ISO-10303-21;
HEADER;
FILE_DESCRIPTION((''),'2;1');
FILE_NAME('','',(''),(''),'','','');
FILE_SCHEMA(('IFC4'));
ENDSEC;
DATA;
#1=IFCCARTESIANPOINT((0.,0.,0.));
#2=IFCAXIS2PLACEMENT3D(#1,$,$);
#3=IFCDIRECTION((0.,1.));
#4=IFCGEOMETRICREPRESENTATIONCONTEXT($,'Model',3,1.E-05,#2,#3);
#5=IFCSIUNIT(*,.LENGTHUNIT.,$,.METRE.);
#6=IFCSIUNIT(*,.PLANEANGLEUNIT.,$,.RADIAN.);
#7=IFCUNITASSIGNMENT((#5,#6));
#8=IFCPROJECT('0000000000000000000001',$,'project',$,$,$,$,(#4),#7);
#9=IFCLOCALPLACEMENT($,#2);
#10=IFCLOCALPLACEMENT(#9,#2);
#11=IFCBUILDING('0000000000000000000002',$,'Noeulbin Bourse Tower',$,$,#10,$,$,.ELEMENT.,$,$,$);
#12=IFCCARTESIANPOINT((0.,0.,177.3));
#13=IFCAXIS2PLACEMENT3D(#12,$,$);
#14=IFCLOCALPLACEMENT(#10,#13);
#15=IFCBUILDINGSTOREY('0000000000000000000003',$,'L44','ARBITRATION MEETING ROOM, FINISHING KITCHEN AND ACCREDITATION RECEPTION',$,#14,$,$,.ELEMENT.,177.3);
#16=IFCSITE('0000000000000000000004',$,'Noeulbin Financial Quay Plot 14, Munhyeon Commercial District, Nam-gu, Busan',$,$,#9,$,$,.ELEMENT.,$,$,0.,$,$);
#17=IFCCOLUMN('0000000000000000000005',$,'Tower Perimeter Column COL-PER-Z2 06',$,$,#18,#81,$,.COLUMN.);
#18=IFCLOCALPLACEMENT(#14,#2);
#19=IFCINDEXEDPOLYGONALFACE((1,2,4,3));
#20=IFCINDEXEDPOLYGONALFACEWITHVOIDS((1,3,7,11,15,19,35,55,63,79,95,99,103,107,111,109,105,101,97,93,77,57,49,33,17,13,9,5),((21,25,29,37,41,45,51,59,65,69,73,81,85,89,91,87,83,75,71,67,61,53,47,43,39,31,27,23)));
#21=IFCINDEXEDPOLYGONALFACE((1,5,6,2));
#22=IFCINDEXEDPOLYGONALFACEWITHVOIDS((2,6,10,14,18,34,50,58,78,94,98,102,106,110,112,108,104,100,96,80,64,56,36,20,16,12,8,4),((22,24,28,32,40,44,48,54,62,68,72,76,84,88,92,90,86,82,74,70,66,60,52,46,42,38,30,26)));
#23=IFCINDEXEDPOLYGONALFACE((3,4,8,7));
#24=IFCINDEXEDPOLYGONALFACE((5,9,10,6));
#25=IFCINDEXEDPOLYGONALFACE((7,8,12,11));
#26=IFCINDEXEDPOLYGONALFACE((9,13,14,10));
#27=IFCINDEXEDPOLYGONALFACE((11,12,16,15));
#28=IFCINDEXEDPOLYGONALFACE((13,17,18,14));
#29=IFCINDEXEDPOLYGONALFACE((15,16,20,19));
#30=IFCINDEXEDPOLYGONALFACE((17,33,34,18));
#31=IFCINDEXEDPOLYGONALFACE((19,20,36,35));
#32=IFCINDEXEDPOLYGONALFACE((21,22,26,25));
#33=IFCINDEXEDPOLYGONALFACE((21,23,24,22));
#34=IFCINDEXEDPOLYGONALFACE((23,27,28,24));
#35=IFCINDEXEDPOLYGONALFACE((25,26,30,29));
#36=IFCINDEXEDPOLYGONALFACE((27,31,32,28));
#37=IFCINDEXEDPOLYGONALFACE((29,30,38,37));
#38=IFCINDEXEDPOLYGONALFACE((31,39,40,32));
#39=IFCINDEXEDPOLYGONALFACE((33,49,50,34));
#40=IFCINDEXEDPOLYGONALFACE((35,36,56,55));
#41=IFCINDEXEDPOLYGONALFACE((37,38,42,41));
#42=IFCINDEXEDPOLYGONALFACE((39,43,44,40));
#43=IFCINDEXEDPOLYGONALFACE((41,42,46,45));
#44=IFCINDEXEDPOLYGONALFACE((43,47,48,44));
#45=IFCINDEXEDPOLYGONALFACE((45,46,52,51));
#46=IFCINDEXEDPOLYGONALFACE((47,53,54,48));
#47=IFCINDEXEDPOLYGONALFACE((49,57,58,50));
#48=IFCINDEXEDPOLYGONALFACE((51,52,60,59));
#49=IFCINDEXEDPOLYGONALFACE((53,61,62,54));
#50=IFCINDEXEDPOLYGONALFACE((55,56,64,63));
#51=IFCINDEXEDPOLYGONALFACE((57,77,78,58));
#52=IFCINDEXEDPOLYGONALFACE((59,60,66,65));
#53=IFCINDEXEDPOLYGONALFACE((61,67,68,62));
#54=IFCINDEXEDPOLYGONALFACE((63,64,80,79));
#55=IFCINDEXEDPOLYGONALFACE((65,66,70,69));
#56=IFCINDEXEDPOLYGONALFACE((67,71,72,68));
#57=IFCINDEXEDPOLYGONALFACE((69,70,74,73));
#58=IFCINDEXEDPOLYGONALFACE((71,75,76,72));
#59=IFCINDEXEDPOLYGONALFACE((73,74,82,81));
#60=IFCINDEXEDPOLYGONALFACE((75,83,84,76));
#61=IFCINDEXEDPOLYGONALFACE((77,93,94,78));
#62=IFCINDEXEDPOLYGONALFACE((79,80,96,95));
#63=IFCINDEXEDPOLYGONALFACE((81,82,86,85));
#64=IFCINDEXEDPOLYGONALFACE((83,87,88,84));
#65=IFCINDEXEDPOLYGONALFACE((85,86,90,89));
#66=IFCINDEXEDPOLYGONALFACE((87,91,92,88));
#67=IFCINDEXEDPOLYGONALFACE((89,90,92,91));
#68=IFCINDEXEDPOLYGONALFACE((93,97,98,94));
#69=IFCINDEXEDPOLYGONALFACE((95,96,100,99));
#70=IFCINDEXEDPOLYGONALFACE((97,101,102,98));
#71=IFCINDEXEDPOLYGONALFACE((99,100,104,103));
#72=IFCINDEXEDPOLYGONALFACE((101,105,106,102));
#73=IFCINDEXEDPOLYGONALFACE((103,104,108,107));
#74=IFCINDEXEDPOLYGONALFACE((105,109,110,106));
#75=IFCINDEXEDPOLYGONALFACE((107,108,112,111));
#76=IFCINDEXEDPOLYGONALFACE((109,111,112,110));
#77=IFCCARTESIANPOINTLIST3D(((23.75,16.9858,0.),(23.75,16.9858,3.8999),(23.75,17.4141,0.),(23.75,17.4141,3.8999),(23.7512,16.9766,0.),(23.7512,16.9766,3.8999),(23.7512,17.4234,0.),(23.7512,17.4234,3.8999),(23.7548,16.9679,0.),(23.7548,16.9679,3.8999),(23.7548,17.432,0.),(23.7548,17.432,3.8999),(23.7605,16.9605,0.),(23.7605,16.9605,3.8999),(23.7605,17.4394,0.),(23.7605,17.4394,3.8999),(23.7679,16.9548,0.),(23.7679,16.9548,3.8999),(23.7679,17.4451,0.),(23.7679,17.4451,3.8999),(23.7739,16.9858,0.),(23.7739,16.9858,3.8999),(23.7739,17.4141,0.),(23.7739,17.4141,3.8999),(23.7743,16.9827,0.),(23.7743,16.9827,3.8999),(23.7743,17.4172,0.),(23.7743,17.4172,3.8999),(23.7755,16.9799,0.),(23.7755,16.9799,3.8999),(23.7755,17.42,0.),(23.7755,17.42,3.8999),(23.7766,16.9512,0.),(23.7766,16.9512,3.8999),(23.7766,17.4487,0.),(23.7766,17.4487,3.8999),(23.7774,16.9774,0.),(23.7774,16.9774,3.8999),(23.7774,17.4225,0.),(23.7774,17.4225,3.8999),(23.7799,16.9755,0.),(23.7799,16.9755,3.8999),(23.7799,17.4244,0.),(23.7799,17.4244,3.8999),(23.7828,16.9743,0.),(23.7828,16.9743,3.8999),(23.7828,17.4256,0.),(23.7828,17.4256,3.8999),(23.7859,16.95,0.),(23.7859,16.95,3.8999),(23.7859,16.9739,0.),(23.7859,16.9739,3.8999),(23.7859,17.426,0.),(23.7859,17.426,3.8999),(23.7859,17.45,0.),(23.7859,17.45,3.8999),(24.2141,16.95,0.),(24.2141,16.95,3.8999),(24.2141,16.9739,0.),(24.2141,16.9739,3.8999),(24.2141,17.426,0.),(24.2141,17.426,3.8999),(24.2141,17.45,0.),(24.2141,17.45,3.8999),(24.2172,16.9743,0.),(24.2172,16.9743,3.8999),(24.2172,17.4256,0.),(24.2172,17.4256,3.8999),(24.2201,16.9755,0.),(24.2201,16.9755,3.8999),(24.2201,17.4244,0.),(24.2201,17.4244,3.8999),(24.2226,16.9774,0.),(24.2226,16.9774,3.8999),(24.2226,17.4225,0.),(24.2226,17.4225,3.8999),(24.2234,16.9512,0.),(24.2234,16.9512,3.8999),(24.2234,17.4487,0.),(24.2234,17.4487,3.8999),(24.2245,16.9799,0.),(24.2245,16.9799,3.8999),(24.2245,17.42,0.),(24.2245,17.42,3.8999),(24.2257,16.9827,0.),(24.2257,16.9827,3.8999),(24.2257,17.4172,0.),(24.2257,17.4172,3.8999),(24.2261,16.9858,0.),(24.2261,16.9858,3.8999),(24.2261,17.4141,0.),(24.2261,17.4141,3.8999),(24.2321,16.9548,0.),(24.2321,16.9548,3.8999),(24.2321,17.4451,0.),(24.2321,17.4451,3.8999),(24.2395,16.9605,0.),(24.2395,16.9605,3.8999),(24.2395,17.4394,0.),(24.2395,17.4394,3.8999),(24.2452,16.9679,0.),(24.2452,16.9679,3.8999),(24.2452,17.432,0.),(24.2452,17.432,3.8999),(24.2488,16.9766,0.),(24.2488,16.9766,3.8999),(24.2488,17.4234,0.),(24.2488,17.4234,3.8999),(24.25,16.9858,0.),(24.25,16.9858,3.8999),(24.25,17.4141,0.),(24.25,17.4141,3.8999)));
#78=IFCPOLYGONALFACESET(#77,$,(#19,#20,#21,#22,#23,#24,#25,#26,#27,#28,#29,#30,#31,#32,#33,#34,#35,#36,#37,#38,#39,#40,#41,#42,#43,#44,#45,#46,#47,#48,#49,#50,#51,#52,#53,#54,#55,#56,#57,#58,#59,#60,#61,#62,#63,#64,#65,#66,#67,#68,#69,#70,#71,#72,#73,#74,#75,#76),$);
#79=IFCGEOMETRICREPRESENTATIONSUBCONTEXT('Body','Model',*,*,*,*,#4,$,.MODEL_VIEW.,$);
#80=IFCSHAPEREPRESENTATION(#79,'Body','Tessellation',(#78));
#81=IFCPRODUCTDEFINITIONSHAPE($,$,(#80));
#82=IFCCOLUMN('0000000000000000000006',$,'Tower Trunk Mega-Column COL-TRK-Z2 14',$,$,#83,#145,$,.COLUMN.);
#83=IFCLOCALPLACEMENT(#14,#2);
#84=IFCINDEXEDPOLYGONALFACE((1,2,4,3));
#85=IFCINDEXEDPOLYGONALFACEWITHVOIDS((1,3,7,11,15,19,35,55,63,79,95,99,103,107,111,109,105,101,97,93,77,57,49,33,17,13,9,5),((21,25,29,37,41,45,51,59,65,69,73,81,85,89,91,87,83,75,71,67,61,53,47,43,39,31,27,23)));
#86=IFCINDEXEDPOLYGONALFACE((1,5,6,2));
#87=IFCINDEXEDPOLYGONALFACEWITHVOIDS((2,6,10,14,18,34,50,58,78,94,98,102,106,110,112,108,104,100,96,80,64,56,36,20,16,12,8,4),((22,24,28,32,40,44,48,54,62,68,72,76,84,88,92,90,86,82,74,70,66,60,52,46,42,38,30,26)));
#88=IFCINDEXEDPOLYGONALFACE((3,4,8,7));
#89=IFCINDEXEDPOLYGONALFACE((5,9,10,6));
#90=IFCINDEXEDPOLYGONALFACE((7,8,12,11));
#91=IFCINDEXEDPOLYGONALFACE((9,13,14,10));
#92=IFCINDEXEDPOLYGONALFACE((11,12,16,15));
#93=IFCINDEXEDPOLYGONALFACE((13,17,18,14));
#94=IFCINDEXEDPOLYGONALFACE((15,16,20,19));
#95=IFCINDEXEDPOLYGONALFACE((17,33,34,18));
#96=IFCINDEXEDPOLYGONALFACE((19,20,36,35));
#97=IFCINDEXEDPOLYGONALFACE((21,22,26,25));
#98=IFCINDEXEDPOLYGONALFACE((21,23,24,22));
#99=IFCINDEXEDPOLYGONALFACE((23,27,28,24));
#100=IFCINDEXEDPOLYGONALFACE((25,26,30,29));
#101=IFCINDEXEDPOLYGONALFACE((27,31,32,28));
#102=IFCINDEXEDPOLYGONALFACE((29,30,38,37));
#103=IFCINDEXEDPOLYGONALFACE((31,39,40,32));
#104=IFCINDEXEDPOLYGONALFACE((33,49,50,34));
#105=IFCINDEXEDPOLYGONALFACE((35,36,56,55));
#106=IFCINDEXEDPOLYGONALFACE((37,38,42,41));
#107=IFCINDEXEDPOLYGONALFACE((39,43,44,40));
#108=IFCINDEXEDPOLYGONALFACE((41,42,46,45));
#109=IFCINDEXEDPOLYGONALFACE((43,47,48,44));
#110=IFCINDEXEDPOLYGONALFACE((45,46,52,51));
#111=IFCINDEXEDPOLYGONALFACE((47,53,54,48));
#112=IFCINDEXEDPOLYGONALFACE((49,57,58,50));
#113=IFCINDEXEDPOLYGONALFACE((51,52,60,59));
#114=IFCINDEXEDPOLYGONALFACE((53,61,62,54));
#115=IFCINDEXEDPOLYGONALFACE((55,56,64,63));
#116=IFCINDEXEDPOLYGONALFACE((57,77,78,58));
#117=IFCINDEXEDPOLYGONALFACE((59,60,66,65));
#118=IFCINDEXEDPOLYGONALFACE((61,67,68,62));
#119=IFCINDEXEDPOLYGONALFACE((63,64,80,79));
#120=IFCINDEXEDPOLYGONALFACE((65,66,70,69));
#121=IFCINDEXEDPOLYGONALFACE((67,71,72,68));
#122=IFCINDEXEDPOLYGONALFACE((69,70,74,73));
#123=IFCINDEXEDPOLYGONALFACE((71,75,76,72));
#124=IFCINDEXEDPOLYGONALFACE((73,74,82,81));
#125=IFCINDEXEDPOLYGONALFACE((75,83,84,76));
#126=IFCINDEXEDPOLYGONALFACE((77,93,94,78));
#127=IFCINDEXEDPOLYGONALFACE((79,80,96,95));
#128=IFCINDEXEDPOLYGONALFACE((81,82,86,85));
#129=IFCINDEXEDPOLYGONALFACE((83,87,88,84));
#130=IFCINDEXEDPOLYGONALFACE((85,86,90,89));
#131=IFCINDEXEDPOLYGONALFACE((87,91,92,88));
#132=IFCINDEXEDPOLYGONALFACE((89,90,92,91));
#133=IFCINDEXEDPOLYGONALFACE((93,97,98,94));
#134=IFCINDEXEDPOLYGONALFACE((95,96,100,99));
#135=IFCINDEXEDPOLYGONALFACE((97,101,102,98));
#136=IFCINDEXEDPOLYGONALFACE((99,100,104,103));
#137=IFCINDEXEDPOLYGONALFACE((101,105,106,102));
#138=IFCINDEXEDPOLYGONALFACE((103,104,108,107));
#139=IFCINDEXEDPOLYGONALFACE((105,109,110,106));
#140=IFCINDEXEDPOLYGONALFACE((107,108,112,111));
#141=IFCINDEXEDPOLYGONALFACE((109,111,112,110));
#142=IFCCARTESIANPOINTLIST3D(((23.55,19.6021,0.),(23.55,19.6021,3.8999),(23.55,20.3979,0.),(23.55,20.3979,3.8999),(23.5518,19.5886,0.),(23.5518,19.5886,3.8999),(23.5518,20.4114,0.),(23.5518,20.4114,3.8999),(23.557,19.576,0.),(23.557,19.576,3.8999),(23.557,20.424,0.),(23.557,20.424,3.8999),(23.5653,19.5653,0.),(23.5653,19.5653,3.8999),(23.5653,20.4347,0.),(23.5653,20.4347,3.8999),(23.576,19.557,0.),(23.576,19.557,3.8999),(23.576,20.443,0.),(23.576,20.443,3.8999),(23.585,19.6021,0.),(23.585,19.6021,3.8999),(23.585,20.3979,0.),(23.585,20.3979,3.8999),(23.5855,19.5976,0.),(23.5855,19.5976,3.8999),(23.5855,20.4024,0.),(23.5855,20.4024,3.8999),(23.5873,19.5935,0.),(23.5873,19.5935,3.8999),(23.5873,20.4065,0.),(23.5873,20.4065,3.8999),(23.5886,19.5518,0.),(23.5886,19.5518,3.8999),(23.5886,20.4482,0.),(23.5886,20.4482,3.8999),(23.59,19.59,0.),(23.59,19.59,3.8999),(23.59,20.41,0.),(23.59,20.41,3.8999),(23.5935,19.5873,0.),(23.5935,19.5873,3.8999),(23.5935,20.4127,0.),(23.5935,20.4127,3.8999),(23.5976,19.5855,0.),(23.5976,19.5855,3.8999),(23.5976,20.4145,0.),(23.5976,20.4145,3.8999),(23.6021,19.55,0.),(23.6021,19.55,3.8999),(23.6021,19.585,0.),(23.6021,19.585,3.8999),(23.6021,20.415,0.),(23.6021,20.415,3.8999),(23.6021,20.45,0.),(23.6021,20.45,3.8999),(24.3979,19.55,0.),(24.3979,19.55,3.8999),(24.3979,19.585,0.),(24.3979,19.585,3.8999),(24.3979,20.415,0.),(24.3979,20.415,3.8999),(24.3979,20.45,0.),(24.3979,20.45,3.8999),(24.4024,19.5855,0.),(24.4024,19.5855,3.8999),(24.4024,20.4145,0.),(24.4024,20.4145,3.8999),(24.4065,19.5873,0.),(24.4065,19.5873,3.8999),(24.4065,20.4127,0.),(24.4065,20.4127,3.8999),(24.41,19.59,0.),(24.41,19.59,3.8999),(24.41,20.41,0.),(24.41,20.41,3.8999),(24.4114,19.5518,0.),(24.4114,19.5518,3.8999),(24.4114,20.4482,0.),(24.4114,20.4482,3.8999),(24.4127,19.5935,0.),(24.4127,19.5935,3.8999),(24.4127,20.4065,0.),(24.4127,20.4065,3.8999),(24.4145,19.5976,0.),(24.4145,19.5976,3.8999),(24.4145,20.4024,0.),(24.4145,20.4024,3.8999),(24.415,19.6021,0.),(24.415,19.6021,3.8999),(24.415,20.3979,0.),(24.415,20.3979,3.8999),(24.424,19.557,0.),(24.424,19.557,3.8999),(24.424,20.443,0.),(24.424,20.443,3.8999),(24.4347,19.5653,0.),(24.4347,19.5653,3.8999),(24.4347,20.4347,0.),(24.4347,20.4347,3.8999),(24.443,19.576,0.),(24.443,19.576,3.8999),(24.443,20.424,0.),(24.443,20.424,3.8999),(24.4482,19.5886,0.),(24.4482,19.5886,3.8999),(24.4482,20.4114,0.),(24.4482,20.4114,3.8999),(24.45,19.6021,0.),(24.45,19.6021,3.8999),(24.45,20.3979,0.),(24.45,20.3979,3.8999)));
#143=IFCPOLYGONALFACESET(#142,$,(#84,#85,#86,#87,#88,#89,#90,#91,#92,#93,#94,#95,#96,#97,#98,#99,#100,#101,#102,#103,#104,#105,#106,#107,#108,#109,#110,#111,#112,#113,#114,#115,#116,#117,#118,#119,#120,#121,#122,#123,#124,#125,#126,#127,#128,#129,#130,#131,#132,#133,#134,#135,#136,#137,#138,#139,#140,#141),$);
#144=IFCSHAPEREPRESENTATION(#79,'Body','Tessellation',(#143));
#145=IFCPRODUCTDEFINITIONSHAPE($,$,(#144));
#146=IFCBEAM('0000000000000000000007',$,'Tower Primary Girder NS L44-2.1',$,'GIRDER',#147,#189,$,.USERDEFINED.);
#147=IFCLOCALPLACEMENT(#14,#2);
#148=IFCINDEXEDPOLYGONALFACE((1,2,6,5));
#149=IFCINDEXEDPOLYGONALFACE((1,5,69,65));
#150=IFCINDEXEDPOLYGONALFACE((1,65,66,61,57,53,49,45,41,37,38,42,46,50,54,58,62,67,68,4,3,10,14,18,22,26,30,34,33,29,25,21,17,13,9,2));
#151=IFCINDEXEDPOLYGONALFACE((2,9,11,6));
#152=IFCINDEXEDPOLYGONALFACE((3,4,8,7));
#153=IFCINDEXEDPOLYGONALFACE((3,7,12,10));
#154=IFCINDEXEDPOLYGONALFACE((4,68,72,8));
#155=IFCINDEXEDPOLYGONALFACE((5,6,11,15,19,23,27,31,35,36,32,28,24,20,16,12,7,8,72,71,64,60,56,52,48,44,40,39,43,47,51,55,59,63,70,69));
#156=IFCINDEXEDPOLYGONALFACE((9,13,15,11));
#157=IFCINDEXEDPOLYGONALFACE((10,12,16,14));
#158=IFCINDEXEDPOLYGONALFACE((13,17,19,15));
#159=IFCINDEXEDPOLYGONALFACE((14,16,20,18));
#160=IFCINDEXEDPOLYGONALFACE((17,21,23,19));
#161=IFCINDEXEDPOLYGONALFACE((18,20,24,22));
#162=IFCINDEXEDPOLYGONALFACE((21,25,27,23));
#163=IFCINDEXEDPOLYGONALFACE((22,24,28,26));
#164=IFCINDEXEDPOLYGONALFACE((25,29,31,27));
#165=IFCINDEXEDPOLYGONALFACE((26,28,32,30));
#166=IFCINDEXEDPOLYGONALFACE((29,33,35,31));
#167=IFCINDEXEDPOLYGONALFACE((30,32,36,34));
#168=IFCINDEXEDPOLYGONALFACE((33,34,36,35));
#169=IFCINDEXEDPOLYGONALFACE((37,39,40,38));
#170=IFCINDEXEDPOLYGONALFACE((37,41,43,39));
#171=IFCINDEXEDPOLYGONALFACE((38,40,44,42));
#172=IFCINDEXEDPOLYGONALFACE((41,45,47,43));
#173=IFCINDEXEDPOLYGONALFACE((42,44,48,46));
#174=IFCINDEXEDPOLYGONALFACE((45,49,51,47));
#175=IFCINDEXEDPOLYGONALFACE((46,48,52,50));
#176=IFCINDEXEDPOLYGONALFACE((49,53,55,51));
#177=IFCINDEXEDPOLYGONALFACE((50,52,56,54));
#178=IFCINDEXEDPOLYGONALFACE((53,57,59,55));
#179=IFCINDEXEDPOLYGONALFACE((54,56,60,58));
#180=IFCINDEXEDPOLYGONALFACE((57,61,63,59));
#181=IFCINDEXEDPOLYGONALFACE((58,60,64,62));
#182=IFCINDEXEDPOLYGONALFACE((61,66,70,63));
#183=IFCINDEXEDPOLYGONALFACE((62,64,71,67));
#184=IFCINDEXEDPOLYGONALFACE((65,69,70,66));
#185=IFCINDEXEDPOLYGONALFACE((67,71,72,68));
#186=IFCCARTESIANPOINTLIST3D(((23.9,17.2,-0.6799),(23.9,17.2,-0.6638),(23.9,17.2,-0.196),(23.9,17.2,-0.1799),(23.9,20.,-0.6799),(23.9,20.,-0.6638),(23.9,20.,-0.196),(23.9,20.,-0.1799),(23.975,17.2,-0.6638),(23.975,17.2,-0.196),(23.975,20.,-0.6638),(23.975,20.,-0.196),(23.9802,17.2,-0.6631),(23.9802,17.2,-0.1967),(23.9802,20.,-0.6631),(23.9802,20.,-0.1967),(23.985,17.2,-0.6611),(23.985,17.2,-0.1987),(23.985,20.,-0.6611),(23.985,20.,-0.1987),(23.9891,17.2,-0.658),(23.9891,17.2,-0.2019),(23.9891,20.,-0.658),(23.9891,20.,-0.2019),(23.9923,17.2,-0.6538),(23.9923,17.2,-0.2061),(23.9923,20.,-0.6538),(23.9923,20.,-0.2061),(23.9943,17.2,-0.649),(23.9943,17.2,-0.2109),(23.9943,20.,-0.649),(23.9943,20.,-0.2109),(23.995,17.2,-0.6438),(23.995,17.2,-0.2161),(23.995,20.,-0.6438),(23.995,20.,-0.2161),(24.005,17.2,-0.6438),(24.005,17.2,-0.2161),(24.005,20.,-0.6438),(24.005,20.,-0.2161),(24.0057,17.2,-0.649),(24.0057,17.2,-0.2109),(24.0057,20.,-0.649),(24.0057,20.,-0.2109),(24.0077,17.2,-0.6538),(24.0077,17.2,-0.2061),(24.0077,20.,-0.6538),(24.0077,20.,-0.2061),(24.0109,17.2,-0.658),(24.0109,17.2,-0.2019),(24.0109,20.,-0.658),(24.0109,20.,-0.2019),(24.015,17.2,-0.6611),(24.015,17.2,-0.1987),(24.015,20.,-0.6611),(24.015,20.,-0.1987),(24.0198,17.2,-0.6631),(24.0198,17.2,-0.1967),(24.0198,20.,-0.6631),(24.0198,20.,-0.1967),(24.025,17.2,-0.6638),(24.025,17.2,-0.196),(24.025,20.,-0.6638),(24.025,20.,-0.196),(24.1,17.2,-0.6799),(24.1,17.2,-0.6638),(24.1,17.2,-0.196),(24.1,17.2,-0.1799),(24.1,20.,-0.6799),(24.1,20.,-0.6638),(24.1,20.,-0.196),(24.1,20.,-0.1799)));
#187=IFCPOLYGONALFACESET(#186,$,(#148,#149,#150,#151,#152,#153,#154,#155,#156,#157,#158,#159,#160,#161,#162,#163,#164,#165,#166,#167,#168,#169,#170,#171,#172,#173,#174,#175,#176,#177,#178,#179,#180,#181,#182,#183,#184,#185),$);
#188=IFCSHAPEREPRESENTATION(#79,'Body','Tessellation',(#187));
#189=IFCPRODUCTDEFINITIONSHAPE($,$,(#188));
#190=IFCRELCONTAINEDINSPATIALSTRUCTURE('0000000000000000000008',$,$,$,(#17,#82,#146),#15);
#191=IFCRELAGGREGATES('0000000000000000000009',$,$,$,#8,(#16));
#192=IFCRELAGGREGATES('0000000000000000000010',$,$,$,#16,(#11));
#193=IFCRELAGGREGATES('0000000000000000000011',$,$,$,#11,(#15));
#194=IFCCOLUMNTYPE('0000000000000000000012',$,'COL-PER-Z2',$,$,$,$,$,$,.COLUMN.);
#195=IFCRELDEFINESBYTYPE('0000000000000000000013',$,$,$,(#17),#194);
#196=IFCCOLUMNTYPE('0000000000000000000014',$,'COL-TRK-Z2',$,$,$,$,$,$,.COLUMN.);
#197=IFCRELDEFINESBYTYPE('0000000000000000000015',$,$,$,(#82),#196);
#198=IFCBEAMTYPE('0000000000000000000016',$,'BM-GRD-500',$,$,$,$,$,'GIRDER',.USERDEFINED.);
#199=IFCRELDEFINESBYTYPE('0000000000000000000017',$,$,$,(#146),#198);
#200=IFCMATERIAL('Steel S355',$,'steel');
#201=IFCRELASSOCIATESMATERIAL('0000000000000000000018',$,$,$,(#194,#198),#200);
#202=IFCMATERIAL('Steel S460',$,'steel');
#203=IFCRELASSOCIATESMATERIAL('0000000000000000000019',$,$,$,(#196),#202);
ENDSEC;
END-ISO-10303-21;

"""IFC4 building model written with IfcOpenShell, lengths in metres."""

from ifc_helpers import new_model, si_unit, direction, frame, origin, origin_2d, place, context, subcontext, project, spatial, hollow_rectangle, i_section, extrude, material, material_profile, profile_set, type_object, element, save


model = new_model("IFC4")

# Units and contexts
model_context = context("Model", 3, precision=1e-05, world=origin(), true_north=direction((0.0, 1.0)))
body_context = subcontext(model_context, "Body", "Model", "MODEL_VIEW")
ifc_project = project(units=[si_unit("LENGTHUNIT", "METRE"), si_unit("PLANEANGLEUNIT", "RADIAN")], contexts=[model_context])

# Site, building, storey
site_placement = place(None, origin())
site = spatial("IfcSite", under=ifc_project, at=site_placement, Name="Noeulbin Financial Quay Plot 14, Munhyeon Commercial District, Nam-gu, Busan", CompositionType="ELEMENT", RefElevation=0.0)
building_placement = place(site_placement, origin())
building = spatial("IfcBuilding", under=site, at=building_placement, Name="Noeulbin Bourse Tower", CompositionType="ELEMENT")
storey_placement = place(building_placement, frame((0.0, 0.0, 177.3)))
storey = spatial("IfcBuildingStorey", under=building, at=storey_placement, Name="L44", Description="ARBITRATION MEETING ROOM, FINISHING KITCHEN AND ACCREDITATION RECEPTION", CompositionType="ELEMENT", Elevation=177.3)

# Columns
ifc_material_1 = material(Name="Steel S355", Category="steel")
ifc_material_profile_1 = material_profile(ifc_material_1, hollow_rectangle(XDim=0.5, YDim=0.5, WallThickness=0.0239, InnerFilletRadius=0.012, OuterFilletRadius=0.0359, at=origin_2d()), Name="BOX-500x500x24", Category="LoadBearing")
ifc_profile_set_1 = profile_set([ifc_material_profile_1], Name="Steel S355")
column_type_1 = type_object("IfcColumnType", Name="COL-PER-Z2", PredefinedType="COLUMN", material=ifc_profile_set_1)
column_1_placement = place(storey_placement, frame((24.0, 17.2, 0.0), z_axis=(0.0, 0.0, 1.0), x_axis=(1.0, 0.0, 0.0)))
element("IfcColumn", 1, at=column_1_placement, inside=storey, type_object=column_type_1, Name="Tower Perimeter Column COL-PER-Z2 06", PredefinedType="COLUMN", context=body_context, shape_type="SweptSolid", body=[
    extrude(hollow_rectangle(XDim=0.5, YDim=0.5, WallThickness=0.0239, InnerFilletRadius=0.012, OuterFilletRadius=0.0359, at=origin_2d()), origin(), (0.0, 0.0, 1.0), 3.8999),
])
ifc_material_2 = material(Name="Steel S460", Category="steel")
ifc_material_profile_2 = material_profile(ifc_material_2, hollow_rectangle(XDim=0.8999, YDim=0.8999, WallThickness=0.0349, InnerFilletRadius=0.0171, OuterFilletRadius=0.052, at=origin_2d()), Name="BOX-900x900x35", Category="LoadBearing")
ifc_profile_set_2 = profile_set([ifc_material_profile_2], Name="Steel S460")
column_type_2 = type_object("IfcColumnType", Name="COL-TRK-Z2", PredefinedType="COLUMN", material=ifc_profile_set_2)
column_2_placement = place(storey_placement, frame((24.0, 20.0, 0.0), z_axis=(0.0, 0.0, 1.0), x_axis=(1.0, 0.0, 0.0)))
element("IfcColumn", 2, at=column_2_placement, inside=storey, type_object=column_type_2, Name="Tower Trunk Mega-Column COL-TRK-Z2 14", PredefinedType="COLUMN", context=body_context, shape_type="SweptSolid", body=[
    extrude(hollow_rectangle(XDim=0.8999, YDim=0.8999, WallThickness=0.0349, InnerFilletRadius=0.0171, OuterFilletRadius=0.052, at=origin_2d()), origin(), (0.0, 0.0, 1.0), 3.8999),
])

# Beam
ifc_material_profile_3 = material_profile(ifc_material_1, i_section(OverallWidth=0.2, OverallDepth=0.5, WebThickness=0.01, FlangeThickness=0.0161, FilletRadius=0.02, at=origin_2d()), Name="H-500x200x10x16", Category="LoadBearing")
ifc_profile_set_3 = profile_set([ifc_material_profile_3], Name="Steel S355")
beam_type_1 = type_object("IfcBeamType", Name="BM-GRD-500", ElementType="GIRDER", PredefinedType="USERDEFINED", material=ifc_profile_set_3)
beam_1_placement = place(storey_placement, frame((24.0, 17.2, -0.4299), z_axis=(0.0, 1.0, 0.0), x_axis=(-1.0, 0.0, 0.0)))
element("IfcBeam", 3, at=beam_1_placement, inside=storey, type_object=beam_type_1, Name="Tower Primary Girder NS L44-2.1", ObjectType="GIRDER", PredefinedType="USERDEFINED", context=body_context, shape_type="SweptSolid", body=[
    extrude(i_section(OverallWidth=0.2, OverallDepth=0.5, WebThickness=0.01, FlangeThickness=0.0161, FilletRadius=0.02, at=origin_2d()), origin(), (0.0, 0.0, 1.0), 2.8),
])

save(model, "model.ifc")
